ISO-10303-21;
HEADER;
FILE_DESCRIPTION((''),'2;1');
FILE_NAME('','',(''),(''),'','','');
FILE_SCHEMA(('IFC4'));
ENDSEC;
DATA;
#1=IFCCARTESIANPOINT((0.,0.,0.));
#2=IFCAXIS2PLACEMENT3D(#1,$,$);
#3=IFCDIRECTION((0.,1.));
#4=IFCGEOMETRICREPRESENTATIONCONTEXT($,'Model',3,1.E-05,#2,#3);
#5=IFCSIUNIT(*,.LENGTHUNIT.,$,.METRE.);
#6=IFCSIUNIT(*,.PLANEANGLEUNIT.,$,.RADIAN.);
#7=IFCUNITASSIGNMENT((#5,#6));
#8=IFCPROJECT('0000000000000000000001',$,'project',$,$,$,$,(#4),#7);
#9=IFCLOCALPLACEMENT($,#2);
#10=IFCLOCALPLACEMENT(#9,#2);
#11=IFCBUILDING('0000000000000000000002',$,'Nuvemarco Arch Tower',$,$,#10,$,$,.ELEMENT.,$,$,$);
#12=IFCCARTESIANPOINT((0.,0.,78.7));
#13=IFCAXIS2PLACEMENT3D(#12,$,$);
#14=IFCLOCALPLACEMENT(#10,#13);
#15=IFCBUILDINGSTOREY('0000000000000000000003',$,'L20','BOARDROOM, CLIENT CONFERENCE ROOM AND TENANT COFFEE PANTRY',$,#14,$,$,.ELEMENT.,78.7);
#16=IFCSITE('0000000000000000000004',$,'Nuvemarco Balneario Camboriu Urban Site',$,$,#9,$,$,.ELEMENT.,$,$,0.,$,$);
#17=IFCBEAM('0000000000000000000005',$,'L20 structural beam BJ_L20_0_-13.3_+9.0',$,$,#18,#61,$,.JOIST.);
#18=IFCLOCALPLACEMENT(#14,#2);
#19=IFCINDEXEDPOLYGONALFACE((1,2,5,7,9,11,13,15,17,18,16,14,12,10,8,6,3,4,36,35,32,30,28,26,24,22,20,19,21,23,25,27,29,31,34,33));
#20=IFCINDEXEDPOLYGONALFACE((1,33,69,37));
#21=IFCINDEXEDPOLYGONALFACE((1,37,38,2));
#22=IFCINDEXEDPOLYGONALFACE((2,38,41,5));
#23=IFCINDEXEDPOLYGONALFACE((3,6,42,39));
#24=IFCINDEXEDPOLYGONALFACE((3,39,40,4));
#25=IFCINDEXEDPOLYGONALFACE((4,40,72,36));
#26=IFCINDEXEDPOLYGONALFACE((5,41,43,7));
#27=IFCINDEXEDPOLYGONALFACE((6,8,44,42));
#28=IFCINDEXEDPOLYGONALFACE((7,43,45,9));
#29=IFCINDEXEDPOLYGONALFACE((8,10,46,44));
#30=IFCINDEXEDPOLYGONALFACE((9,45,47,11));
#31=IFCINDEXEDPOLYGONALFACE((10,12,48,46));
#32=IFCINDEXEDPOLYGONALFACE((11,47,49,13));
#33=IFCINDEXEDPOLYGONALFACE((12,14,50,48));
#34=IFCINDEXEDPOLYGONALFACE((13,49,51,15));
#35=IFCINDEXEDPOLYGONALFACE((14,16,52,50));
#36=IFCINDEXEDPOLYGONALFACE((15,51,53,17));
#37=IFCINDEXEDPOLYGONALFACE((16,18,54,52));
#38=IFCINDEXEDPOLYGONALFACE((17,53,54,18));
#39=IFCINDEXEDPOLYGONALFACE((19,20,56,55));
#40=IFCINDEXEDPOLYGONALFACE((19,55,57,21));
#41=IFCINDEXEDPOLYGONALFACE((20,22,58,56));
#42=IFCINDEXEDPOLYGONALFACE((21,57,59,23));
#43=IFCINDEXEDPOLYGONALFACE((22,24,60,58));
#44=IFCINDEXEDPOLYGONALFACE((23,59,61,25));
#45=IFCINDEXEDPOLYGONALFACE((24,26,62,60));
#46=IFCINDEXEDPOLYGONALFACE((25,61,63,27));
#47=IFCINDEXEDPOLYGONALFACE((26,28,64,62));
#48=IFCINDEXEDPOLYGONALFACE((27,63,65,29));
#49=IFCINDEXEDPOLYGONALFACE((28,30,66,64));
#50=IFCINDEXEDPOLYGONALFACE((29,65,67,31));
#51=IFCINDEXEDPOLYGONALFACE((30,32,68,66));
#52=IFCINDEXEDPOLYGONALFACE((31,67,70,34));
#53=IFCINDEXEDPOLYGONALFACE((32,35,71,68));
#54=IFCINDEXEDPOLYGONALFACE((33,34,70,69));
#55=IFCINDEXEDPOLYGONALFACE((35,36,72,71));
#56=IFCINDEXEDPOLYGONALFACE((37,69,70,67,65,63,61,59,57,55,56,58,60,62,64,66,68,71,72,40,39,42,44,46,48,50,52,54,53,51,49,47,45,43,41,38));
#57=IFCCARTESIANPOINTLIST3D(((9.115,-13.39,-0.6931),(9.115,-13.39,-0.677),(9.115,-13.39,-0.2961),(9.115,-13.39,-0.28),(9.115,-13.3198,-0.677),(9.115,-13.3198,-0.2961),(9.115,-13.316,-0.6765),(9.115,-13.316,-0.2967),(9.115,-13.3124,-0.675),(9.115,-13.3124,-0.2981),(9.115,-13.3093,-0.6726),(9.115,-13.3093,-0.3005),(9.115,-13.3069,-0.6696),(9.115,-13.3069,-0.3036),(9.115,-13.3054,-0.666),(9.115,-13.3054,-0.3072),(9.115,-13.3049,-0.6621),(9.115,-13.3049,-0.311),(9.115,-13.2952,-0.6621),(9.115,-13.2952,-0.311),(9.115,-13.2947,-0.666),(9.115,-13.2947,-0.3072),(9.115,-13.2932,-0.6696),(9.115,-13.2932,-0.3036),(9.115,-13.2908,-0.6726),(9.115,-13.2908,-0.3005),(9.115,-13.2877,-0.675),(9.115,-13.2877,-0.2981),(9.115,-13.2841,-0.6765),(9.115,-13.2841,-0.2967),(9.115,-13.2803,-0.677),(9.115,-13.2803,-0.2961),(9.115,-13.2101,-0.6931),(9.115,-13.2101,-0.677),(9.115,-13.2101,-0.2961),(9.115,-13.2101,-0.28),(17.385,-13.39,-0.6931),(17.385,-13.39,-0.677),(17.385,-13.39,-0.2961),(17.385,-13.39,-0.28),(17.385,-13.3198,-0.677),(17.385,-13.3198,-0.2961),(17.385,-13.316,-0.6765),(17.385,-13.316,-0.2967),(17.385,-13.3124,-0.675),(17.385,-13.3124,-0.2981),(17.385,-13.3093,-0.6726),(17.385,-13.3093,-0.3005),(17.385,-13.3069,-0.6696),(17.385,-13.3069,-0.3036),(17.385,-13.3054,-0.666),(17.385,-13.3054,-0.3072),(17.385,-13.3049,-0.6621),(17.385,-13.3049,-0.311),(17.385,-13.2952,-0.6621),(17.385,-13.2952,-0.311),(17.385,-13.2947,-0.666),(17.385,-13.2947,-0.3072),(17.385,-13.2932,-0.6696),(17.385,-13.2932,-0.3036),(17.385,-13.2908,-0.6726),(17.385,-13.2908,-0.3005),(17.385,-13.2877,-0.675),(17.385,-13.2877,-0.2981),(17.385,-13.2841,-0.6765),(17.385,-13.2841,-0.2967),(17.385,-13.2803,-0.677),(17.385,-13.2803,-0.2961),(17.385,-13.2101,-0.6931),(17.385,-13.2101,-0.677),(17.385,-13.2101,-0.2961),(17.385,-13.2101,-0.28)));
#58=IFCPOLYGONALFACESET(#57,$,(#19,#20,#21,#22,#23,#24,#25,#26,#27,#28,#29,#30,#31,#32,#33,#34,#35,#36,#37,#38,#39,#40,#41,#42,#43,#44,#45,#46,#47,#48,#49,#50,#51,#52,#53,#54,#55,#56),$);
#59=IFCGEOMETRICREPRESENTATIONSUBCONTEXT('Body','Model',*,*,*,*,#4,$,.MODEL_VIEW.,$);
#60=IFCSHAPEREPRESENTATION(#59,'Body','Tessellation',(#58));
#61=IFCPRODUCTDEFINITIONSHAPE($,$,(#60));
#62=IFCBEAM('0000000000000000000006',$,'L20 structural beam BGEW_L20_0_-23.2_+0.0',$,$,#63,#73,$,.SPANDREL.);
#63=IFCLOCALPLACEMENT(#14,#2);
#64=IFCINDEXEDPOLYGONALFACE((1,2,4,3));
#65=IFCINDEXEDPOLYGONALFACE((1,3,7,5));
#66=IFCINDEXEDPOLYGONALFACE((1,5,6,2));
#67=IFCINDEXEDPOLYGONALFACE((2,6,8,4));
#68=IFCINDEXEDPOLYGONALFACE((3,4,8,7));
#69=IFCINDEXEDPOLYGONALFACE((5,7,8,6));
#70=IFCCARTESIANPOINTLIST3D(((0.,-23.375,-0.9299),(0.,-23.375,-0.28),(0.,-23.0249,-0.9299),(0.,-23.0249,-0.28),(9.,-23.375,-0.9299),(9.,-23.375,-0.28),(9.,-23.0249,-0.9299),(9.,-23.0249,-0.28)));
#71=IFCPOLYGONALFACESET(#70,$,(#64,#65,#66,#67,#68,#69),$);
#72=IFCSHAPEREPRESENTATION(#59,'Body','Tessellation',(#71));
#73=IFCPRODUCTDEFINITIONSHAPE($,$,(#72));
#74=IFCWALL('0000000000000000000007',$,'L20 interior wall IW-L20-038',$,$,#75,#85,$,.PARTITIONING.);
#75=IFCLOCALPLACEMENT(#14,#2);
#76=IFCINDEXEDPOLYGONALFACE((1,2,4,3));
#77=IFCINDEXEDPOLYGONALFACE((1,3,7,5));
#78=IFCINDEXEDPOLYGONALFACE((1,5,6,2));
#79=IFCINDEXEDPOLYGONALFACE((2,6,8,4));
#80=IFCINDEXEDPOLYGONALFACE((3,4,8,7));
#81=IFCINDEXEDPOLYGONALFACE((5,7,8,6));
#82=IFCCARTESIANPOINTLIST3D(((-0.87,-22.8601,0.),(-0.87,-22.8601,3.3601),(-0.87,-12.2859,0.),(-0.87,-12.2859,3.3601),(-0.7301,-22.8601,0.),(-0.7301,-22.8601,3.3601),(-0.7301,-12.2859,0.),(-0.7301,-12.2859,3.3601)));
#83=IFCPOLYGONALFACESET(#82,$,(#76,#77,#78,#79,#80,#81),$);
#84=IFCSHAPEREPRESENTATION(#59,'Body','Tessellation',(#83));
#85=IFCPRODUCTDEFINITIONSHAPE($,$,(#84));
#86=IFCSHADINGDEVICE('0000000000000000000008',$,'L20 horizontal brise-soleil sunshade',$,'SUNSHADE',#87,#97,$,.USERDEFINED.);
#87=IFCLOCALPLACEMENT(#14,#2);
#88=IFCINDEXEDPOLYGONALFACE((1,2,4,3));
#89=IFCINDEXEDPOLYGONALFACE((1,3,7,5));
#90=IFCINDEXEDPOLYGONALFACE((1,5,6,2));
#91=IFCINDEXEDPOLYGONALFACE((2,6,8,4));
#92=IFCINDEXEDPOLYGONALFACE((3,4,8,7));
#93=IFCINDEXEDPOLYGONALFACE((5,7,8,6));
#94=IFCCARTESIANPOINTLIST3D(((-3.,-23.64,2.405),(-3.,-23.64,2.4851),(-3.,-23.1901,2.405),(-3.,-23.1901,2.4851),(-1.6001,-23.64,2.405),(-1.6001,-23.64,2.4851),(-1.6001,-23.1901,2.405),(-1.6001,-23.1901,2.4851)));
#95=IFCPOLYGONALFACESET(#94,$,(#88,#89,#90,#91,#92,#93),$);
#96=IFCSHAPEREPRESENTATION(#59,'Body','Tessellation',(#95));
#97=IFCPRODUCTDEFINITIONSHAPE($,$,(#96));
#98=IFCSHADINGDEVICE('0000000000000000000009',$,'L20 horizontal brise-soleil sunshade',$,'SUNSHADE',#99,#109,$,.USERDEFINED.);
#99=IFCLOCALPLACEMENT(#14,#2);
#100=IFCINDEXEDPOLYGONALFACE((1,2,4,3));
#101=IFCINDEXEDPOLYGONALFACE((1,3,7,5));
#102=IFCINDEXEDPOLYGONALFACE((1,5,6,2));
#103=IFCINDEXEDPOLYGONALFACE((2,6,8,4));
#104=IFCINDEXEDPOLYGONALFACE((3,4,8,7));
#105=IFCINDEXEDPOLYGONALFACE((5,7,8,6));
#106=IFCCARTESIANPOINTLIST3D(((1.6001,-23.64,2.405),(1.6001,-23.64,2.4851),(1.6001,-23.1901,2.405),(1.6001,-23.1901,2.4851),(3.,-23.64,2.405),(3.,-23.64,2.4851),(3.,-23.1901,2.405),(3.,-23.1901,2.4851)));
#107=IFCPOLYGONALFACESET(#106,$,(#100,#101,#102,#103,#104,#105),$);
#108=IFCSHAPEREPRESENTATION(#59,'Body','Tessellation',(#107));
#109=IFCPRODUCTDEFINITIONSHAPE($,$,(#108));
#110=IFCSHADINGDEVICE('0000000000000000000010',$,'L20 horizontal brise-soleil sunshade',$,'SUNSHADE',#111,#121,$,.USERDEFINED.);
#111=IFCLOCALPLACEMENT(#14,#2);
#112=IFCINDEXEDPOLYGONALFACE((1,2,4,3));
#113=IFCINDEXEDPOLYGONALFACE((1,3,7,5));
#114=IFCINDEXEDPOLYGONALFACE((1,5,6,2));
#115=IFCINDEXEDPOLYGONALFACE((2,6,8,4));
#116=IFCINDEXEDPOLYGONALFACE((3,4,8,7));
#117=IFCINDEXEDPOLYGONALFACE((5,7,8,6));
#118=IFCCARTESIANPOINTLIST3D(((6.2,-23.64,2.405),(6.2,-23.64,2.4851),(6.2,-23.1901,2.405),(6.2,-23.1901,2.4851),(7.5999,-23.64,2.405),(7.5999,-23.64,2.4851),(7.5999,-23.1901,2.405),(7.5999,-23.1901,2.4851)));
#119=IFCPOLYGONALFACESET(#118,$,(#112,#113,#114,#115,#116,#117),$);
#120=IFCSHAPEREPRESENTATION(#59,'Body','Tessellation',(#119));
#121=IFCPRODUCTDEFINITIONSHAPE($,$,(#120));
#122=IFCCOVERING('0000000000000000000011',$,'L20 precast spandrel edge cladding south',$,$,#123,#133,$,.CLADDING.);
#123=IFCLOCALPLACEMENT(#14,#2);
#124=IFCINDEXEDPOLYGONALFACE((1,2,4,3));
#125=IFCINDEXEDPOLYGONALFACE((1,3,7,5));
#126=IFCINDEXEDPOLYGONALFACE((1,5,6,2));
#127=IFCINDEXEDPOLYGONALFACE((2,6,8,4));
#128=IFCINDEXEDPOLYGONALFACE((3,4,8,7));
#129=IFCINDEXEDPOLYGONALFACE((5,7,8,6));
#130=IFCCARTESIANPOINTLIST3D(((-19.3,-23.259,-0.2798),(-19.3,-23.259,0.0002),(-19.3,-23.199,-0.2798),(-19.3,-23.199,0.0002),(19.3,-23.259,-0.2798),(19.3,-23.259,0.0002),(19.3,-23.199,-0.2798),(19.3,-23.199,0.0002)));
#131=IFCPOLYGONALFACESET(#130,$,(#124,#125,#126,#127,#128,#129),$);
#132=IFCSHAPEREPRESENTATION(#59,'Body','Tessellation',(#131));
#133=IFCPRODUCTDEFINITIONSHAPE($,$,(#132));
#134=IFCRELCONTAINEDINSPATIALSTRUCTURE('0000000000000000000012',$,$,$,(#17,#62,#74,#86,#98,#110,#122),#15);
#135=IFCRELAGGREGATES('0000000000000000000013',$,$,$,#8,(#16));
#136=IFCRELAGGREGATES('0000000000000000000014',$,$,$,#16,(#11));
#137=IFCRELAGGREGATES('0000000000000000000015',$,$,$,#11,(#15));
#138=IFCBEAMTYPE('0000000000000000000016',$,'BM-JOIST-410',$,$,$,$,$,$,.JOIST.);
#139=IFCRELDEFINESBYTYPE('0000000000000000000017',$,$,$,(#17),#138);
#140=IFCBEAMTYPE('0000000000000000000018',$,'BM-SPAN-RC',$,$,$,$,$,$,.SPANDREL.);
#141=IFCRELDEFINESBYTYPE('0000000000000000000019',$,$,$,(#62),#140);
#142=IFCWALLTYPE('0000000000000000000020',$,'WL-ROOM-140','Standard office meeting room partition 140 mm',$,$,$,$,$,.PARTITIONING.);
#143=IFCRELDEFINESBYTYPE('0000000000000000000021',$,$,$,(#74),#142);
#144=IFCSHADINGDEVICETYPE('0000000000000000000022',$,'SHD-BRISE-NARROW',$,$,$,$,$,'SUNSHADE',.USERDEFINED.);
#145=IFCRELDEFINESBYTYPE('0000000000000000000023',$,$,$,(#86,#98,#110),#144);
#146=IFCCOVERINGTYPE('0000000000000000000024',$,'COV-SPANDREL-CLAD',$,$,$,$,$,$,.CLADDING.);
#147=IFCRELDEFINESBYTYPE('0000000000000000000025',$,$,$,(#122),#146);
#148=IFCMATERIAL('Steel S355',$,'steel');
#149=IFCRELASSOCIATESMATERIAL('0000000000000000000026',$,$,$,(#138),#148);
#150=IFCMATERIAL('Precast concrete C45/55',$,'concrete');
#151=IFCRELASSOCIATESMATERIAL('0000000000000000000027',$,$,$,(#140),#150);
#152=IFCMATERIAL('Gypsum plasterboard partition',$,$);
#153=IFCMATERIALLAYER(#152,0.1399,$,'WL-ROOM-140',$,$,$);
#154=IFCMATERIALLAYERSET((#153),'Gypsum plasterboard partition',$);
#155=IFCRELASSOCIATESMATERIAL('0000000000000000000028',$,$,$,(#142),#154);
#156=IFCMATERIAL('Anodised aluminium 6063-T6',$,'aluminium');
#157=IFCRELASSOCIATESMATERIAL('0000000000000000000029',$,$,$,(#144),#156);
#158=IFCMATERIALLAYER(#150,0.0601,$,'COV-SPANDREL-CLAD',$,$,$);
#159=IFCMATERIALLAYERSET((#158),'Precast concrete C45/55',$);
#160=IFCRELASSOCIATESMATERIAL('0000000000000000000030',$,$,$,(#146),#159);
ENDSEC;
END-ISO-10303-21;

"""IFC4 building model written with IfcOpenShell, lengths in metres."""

from ifc_helpers import new_model, si_unit, direction, frame, frame_2d, origin, origin_2d, place, context, subcontext, project, spatial, rectangle, i_section, extrude, source, transform, mapped, material, layer, layer_set, material_profile, profile_set, type_object, type_shapes, element, save


model = new_model("IFC4")

# Units and contexts
model_context = context("Model", 3, precision=1e-05, world=origin(), true_north=direction((0.0, 1.0)))
body_context = subcontext(model_context, "Body", "Model", "MODEL_VIEW")
ifc_project = project(units=[si_unit("LENGTHUNIT", "METRE"), si_unit("PLANEANGLEUNIT", "RADIAN")], contexts=[model_context])

# Site, building, storey
site_placement = place(None, origin())
site = spatial("IfcSite", under=ifc_project, at=site_placement, Name="Nuvemarco Balneario Camboriu Urban Site", CompositionType="ELEMENT", RefElevation=0.0)
building_placement = place(site_placement, origin())
building = spatial("IfcBuilding", under=site, at=building_placement, Name="Nuvemarco Arch Tower", CompositionType="ELEMENT")
storey_placement = place(building_placement, frame((0.0, 0.0, 78.7)))
storey = spatial("IfcBuildingStorey", under=building, at=storey_placement, Name="L20", Description="BOARDROOM, CLIENT CONFERENCE ROOM AND TENANT COFFEE PANTRY", CompositionType="ELEMENT", Elevation=78.7)

# Shared definitions
ifc_material_1 = material(Name="Steel S355", Category="steel")

# Beams
ifc_material_profile_1 = material_profile(ifc_material_1, i_section(OverallWidth=0.1799, OverallDepth=0.4131, WebThickness=0.0098, FlangeThickness=0.0161, FilletRadius=0.0149, at=origin_2d()), Name="W410x75")
ifc_profile_set_1 = profile_set([ifc_material_profile_1], Name="Steel S355")
beam_type_1 = type_object("IfcBeamType", Name="BM-JOIST-410", PredefinedType="JOIST", material=ifc_profile_set_1)
beam_1_placement = place(storey_placement, frame((9.115, -13.3, -0.4866), z_axis=(1.0, 0.0, 0.0), x_axis=(0.0, 1.0, 0.0)))
element("IfcBeam", 1, at=beam_1_placement, inside=storey, type_object=beam_type_1, Name="L20 structural beam BJ_L20_0_-13.3_+9.0", PredefinedType="JOIST", context=body_context, shape_type="SweptSolid", body=[
    extrude(i_section(OverallWidth=0.1799, OverallDepth=0.4131, WebThickness=0.0098, FlangeThickness=0.0161, FilletRadius=0.0149, at=origin_2d()), origin(), (0.0, 0.0, 1.0), 8.27),
])
ifc_material_2 = material(Name="Precast concrete C45/55", Category="concrete")
ifc_material_profile_2 = material_profile(ifc_material_2, rectangle(XDim=0.3501, YDim=0.6499, at=origin_2d()), Name="PC-SP-350x650")
ifc_profile_set_2 = profile_set([ifc_material_profile_2], Name="Precast concrete C45/55")
beam_type_2 = type_object("IfcBeamType", Name="BM-SPAN-RC", PredefinedType="SPANDREL", material=ifc_profile_set_2)
beam_2_placement = place(storey_placement, frame((0.0, -23.2, -0.605), z_axis=(1.0, 0.0, 0.0), x_axis=(0.0, 1.0, 0.0)))
element("IfcBeam", 2, at=beam_2_placement, inside=storey, type_object=beam_type_2, Name="L20 structural beam BGEW_L20_0_-23.2_+0.0", PredefinedType="SPANDREL", context=body_context, shape_type="SweptSolid", body=[
    extrude(rectangle(XDim=0.3501, YDim=0.6499, at=origin_2d()), origin(), (0.0, 0.0, 1.0), 9.0),
])

# Wall
ifc_material_3 = material(Name="Gypsum plasterboard partition")
ifc_layer_1 = layer(ifc_material_3, 0.1399, Name="WL-ROOM-140")
ifc_layer_set_1 = layer_set([ifc_layer_1], Name="Gypsum plasterboard partition")
wall_type = type_object("IfcWallType", Name="WL-ROOM-140", Description="Standard office meeting room partition 140 mm", PredefinedType="PARTITIONING", material=ifc_layer_set_1)
wall_placement = place(storey_placement, frame((-0.8, -22.8601, 0.0), z_axis=(0.0, 0.0, 1.0), x_axis=(0.0, 1.0, 0.0)))
element("IfcWall", 3, at=wall_placement, inside=storey, type_object=wall_type, Name="L20 interior wall IW-L20-038", PredefinedType="PARTITIONING", context=body_context, shape_type="SweptSolid", body=[
    extrude(rectangle(XDim=10.5742, YDim=0.1399, at=frame_2d((5.2871, 0.0))), origin(), (0.0, 0.0, 1.0), 3.3601),
])

# Shading devices
ifc_material_4 = material(Name="Anodised aluminium 6063-T6", Category="aluminium")
shading_device_type = type_object("IfcShadingDeviceType", Name="SHD-BRISE-NARROW", ElementType="SUNSHADE", PredefinedType="USERDEFINED", material=ifc_material_4)
shared_shape_1 = source(origin(), body_context, "Body", "SweptSolid", [
    extrude(rectangle(XDim=1.3999, YDim=0.45, at=origin_2d()), origin(), (0.0, 0.0, 1.0), 0.0801),
])
type_shapes(shading_device_type, [shared_shape_1])
for number, where, z_axis, x_axis, name in (
    (4, (-2.3, -23.415, 2.405), (0.0, 0.0, 1.0), (1.0, 0.0, 0.0), "L20 horizontal brise-soleil sunshade"),
    (5, (2.3, -23.415, 2.405), (0.0, 0.0, 1.0), (1.0, 0.0, 0.0), "L20 horizontal brise-soleil sunshade"),
    (6, (6.8999, -23.415, 2.405), (0.0, 0.0, 1.0), (1.0, 0.0, 0.0), "L20 horizontal brise-soleil sunshade"),
):
    element("IfcShadingDevice", number, at=place(storey_placement, frame(where, z_axis=z_axis, x_axis=x_axis)), inside=storey, type_object=shading_device_type, Name=name, ObjectType="SUNSHADE", PredefinedType="USERDEFINED", context=body_context, shape_type="MappedRepresentation", body=[
        mapped(shared_shape_1, transform((0.0, 0.0, 0.0), scale=1.0)),
    ])

# Covering
ifc_layer_2 = layer(ifc_material_2, 0.0601, Name="COV-SPANDREL-CLAD")
ifc_layer_set_2 = layer_set([ifc_layer_2], Name="Precast concrete C45/55")
covering_type = type_object("IfcCoveringType", Name="COV-SPANDREL-CLAD", PredefinedType="CLADDING", material=ifc_layer_set_2)
shared_shape_2 = source(origin(), body_context, "Body", "SweptSolid", [
    extrude(rectangle(XDim=38.6001, YDim=0.0601, at=origin_2d()), origin(), (0.0, 0.0, 1.0), 0.28),
])
type_shapes(covering_type, [shared_shape_2])
covering_placement = place(storey_placement, frame((0.0, -23.229, -0.2798), z_axis=(0.0, 0.0, 1.0), x_axis=(1.0, 0.0, 0.0)))
element("IfcCovering", 7, at=covering_placement, inside=storey, type_object=covering_type, Name="L20 precast spandrel edge cladding south", PredefinedType="CLADDING", context=body_context, shape_type="MappedRepresentation", body=[
    mapped(shared_shape_2, transform((0.0, 0.0, 0.0), scale=1.0)),
])

save(model, "model.ifc")
